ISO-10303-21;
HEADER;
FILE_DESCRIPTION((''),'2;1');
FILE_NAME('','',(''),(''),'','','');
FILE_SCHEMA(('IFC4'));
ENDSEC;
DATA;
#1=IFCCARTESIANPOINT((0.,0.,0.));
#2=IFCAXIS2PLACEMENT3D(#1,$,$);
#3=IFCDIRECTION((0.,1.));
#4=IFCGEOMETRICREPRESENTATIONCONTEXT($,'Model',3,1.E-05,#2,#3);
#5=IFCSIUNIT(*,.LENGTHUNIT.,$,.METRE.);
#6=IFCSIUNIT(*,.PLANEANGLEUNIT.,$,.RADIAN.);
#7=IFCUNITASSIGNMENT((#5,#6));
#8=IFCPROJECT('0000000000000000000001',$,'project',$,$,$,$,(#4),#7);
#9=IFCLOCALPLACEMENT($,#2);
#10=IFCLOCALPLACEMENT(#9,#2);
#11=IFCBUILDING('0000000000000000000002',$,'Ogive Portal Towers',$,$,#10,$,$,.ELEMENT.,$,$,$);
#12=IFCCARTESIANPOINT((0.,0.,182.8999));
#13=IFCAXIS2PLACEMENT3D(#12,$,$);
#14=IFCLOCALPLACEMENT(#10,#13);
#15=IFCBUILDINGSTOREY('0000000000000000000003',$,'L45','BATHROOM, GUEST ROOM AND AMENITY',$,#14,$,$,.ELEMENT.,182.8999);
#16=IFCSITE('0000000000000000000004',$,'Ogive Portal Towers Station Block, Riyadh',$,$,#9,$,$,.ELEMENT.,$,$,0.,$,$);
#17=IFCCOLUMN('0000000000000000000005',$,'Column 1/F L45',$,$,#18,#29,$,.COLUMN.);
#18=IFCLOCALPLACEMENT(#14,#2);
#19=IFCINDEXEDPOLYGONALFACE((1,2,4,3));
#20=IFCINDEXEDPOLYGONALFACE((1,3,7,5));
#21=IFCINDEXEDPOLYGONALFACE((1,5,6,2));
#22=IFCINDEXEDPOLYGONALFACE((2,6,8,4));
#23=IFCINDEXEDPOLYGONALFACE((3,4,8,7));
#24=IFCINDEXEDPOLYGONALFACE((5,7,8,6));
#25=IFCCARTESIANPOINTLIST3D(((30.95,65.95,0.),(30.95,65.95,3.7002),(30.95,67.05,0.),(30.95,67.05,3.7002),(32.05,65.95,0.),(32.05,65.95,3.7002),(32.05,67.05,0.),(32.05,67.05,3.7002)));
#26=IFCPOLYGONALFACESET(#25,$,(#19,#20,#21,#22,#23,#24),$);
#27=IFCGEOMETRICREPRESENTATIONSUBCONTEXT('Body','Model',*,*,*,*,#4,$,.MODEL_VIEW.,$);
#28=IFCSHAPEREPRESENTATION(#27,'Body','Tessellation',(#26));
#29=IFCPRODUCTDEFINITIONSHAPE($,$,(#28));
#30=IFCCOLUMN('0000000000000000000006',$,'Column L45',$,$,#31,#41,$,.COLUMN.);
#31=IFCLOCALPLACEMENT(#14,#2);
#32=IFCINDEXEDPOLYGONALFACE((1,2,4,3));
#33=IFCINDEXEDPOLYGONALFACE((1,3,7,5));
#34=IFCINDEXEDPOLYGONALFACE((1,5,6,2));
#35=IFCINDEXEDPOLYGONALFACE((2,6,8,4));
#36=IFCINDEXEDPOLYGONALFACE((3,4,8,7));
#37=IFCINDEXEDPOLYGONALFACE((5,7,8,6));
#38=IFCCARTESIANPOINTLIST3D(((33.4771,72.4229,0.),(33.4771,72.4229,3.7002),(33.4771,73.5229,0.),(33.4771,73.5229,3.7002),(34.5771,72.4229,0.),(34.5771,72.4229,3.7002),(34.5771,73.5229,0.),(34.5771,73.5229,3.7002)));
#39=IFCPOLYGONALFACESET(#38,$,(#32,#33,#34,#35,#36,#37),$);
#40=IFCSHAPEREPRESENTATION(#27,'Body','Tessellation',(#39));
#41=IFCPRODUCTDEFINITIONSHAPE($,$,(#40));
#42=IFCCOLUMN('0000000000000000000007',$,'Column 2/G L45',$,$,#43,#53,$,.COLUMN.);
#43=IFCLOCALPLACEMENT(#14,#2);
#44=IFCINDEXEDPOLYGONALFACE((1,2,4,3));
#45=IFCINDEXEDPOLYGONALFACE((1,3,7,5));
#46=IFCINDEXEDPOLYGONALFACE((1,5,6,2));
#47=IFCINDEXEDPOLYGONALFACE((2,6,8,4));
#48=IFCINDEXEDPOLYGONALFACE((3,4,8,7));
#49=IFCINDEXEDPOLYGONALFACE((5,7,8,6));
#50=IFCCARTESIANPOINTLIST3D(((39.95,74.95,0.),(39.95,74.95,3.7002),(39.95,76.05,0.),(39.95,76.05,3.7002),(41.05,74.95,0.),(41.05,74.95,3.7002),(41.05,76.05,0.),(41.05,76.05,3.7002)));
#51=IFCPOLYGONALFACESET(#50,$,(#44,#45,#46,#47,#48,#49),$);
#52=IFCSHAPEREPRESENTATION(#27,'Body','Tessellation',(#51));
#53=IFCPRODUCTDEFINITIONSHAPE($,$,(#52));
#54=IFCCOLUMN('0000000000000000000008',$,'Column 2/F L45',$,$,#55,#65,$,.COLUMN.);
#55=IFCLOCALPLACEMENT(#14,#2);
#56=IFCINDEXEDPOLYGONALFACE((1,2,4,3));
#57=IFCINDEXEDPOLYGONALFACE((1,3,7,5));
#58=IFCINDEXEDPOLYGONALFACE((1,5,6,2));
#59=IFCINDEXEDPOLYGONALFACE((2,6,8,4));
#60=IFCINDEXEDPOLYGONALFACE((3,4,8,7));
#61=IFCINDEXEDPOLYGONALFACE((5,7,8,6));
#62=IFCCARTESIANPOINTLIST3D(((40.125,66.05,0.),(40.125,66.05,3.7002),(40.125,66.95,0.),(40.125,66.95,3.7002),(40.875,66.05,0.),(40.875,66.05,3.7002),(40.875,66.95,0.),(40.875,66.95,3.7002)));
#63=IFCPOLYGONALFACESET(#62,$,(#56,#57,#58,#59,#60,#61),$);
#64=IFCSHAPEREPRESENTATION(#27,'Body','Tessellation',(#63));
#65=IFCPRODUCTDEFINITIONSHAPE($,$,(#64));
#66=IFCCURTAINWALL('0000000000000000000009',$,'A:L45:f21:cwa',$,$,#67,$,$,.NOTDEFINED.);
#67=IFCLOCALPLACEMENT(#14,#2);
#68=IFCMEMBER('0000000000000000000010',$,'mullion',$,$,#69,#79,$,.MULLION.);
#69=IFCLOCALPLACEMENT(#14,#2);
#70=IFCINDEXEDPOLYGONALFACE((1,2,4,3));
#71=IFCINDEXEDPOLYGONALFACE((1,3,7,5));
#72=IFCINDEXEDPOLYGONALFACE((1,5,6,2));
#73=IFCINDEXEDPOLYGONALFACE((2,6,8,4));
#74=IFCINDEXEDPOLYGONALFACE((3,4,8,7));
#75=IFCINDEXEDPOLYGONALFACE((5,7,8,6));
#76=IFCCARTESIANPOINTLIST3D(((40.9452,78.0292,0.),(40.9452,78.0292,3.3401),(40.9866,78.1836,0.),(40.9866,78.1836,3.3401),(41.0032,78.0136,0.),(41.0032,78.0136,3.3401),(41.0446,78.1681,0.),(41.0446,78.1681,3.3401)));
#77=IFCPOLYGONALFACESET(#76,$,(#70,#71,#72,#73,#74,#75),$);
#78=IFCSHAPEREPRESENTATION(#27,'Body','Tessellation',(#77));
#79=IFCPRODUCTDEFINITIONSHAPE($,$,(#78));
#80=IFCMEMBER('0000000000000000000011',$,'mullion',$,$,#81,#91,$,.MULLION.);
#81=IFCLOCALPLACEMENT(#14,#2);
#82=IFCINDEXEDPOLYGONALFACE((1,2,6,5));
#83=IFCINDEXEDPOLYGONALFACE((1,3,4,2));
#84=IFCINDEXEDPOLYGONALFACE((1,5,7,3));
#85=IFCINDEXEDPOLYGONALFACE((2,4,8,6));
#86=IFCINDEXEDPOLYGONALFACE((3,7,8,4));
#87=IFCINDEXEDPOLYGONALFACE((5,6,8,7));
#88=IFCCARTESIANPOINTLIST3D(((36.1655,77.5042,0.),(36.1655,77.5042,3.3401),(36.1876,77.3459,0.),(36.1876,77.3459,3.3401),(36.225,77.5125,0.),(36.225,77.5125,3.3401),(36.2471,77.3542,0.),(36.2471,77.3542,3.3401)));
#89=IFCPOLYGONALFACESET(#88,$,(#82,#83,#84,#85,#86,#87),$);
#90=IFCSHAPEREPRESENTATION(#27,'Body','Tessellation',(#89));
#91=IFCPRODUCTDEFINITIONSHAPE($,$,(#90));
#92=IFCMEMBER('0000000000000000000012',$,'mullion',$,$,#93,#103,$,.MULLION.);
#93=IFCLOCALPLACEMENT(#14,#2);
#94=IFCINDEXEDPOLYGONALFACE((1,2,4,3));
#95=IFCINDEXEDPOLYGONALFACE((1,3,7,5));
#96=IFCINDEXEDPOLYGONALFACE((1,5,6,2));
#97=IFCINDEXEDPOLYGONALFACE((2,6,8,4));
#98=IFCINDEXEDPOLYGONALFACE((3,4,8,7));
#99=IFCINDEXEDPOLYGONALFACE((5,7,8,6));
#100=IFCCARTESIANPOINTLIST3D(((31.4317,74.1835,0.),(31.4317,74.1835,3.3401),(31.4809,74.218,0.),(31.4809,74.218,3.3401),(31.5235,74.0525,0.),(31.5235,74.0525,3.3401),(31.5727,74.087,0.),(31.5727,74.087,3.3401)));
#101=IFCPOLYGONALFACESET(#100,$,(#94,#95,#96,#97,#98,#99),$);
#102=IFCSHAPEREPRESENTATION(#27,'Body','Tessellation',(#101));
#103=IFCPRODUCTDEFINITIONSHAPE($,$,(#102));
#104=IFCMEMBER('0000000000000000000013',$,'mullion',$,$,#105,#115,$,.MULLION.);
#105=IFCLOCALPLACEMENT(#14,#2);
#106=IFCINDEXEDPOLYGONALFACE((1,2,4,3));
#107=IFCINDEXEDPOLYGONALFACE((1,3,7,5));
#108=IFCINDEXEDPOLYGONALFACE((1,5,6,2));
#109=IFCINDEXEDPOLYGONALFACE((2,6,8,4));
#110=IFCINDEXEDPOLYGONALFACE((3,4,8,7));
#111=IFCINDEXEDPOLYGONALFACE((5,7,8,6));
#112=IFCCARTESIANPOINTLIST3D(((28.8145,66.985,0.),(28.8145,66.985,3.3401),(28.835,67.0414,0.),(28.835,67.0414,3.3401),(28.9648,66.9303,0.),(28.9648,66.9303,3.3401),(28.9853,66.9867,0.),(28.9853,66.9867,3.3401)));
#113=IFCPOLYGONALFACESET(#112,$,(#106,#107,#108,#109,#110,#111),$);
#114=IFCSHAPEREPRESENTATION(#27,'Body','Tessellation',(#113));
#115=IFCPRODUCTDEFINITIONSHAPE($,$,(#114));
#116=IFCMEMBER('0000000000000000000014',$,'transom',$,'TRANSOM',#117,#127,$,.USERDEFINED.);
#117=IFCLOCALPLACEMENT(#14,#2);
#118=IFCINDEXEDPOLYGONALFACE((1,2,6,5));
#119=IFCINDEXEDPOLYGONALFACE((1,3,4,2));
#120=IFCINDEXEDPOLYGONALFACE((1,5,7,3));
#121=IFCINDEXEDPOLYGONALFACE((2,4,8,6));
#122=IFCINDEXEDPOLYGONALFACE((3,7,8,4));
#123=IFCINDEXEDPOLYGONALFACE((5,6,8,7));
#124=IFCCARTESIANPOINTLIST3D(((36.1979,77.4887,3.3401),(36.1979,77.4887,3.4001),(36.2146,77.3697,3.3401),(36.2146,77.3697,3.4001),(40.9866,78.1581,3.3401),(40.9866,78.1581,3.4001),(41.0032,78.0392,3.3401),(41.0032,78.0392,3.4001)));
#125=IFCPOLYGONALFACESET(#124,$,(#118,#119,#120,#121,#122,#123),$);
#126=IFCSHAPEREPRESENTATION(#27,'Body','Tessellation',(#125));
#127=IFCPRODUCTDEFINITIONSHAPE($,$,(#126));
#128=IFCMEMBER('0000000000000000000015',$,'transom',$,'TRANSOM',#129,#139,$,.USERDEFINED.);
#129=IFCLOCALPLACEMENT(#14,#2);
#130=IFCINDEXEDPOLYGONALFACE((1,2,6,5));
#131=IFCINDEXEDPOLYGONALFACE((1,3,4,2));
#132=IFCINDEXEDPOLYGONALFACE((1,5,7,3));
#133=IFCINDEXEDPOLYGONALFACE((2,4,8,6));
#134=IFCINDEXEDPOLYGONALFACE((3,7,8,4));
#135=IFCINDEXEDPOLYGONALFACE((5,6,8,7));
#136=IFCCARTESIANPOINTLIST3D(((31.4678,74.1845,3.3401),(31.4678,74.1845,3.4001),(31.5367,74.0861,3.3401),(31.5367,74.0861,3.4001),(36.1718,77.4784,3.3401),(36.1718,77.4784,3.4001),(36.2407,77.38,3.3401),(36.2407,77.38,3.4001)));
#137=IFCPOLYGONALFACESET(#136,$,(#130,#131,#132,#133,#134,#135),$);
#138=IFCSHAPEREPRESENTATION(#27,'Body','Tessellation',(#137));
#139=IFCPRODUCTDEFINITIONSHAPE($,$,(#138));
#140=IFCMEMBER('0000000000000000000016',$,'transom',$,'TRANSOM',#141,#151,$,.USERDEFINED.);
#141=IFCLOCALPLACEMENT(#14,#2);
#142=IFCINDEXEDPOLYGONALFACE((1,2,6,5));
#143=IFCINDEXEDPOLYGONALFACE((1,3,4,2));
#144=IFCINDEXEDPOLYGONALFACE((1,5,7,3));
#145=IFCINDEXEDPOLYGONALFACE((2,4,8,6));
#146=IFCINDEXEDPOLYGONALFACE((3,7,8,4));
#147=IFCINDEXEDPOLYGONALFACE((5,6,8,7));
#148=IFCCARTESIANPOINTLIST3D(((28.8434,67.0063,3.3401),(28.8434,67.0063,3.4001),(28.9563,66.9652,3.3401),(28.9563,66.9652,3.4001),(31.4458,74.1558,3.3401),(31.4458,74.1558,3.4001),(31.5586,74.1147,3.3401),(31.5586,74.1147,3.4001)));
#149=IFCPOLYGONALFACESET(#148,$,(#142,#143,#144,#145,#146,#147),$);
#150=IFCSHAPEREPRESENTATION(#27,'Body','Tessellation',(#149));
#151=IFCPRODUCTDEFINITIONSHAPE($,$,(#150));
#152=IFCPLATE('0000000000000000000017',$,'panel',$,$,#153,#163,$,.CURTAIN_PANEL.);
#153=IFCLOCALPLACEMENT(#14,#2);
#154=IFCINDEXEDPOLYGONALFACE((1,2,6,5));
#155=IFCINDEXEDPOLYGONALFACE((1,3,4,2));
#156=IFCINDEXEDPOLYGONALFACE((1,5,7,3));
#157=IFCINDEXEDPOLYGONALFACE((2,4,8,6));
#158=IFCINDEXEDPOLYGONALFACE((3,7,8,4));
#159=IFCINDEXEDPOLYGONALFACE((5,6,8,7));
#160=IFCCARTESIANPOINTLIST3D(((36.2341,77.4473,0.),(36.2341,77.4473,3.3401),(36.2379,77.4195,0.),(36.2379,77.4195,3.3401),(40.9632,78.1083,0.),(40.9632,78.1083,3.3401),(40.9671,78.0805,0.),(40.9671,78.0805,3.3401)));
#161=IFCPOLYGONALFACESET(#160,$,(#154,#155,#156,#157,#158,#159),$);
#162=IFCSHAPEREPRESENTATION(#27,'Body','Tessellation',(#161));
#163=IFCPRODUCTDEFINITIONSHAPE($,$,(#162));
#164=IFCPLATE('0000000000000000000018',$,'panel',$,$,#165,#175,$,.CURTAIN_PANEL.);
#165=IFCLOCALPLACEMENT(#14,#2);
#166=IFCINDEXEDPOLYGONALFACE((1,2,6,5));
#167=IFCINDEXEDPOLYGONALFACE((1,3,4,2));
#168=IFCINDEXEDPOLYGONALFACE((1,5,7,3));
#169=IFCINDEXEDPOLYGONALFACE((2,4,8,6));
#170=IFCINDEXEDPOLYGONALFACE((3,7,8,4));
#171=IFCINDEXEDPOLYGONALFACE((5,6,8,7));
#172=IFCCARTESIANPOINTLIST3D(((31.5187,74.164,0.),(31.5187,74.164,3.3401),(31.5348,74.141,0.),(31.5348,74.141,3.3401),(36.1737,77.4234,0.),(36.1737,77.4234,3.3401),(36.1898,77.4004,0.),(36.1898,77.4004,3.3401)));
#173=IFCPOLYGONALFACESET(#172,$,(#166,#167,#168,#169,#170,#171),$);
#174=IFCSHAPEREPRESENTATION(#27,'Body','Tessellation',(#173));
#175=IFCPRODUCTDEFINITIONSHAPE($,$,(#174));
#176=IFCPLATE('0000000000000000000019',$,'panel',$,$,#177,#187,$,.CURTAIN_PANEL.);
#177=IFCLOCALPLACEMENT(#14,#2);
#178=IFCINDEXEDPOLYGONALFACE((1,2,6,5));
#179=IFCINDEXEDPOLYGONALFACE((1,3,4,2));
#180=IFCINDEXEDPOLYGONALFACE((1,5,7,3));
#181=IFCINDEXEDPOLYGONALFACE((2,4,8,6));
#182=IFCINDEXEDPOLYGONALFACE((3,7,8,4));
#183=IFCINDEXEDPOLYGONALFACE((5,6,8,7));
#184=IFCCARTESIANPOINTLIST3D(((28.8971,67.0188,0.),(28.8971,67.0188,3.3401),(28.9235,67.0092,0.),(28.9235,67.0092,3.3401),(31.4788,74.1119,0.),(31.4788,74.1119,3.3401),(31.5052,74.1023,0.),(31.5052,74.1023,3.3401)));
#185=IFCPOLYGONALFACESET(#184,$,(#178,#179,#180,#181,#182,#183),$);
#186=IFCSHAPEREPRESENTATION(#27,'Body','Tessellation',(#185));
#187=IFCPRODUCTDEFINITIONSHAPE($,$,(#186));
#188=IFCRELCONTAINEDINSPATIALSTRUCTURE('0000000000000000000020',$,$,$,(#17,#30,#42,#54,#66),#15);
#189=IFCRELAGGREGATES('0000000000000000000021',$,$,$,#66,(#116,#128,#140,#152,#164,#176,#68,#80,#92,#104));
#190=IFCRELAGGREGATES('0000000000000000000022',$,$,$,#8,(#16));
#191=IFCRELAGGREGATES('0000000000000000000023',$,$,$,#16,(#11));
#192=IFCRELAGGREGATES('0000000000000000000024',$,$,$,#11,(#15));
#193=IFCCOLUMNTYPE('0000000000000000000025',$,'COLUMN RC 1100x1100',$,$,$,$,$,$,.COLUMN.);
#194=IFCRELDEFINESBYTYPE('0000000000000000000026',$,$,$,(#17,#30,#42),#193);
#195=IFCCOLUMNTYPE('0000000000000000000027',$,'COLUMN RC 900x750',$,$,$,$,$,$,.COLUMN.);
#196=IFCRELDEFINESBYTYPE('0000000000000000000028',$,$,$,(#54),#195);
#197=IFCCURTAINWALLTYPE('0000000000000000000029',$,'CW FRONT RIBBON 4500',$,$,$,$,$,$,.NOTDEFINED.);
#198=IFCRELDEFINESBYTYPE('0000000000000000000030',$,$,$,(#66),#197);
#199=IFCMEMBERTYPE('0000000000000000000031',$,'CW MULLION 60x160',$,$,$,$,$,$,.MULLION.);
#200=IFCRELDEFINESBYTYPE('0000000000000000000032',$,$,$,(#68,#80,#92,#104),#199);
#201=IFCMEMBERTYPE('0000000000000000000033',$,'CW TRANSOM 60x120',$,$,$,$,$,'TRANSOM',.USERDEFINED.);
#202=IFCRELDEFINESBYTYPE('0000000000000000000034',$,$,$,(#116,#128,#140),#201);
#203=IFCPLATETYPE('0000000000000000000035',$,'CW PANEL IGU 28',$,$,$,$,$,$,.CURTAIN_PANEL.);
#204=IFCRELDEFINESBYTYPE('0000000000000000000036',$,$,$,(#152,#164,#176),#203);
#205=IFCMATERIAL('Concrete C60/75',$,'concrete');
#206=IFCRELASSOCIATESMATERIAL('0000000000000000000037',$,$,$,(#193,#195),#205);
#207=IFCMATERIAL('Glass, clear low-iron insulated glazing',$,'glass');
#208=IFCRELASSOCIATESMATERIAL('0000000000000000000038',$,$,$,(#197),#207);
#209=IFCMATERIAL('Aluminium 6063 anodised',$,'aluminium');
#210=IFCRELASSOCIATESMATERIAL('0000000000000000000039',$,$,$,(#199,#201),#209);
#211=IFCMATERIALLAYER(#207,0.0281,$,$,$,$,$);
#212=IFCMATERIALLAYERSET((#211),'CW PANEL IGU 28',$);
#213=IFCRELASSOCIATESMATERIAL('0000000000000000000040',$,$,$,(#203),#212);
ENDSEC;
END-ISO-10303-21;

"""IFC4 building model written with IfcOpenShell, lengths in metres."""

from ifc_helpers import new_model, si_unit, direction, frame, origin, origin_2d, place, context, subcontext, project, spatial, rectangle, extrude, material, layer, layer_set, material_profile, profile_set, type_object, element, aggregate, save


model = new_model("IFC4")

# Units and contexts
model_context = context("Model", 3, precision=1e-05, world=origin(), true_north=direction((0.0, 1.0)))
body_context = subcontext(model_context, "Body", "Model", "MODEL_VIEW")
ifc_project = project(units=[si_unit("LENGTHUNIT", "METRE"), si_unit("PLANEANGLEUNIT", "RADIAN")], contexts=[model_context])

# Site, building, storey
site_placement = place(None, origin())
site = spatial("IfcSite", under=ifc_project, at=site_placement, Name="Ogive Portal Towers Station Block, Riyadh", CompositionType="ELEMENT", RefElevation=0.0)
building_placement = place(site_placement, origin())
building = spatial("IfcBuilding", under=site, at=building_placement, Name="Ogive Portal Towers", CompositionType="ELEMENT")
storey_placement = place(building_placement, frame((0.0, 0.0, 182.8999)))
storey = spatial("IfcBuildingStorey", under=building, at=storey_placement, Name="L45", Description="BATHROOM, GUEST ROOM AND AMENITY", CompositionType="ELEMENT", Elevation=182.8999)

# Columns
ifc_material_1 = material(Name="Concrete C60/75", Category="concrete")
ifc_material_profile_1 = material_profile(ifc_material_1, rectangle(XDim=1.1001, YDim=1.1001, at=origin_2d()), Name="RC 1100x1100")
ifc_profile_set_1 = profile_set([ifc_material_profile_1], Name="Concrete C60/75")
column_type_1 = type_object("IfcColumnType", Name="COLUMN RC 1100x1100", PredefinedType="COLUMN", material=ifc_profile_set_1)
for number, where, z_axis, x_axis, name in (
    (1, (31.5, 66.5, 0.0), (0.0, 0.0, 1.0), (1.0, 0.0, 0.0), "Column 1/F L45"),
    (2, (34.0271, 72.9729, 0.0), (0.0, 0.0, 1.0), (1.0, 0.0, 0.0), "Column L45"),
    (3, (40.5, 75.5, 0.0), (0.0, 0.0, 1.0), (1.0, 0.0, 0.0), "Column 2/G L45"),
):
    element("IfcColumn", number, at=place(storey_placement, frame(where, z_axis=z_axis, x_axis=x_axis)), inside=storey, type_object=column_type_1, Name=name, PredefinedType="COLUMN", context=body_context, shape_type="SweptSolid", body=[
        extrude(rectangle(XDim=1.1001, YDim=1.1001, at=origin_2d()), origin(), (0.0, 0.0, 1.0), 3.7002),
    ])
ifc_material_profile_2 = material_profile(ifc_material_1, rectangle(XDim=0.8999, YDim=0.75, at=origin_2d()), Name="RC 900x750")
ifc_profile_set_2 = profile_set([ifc_material_profile_2], Name="Concrete C60/75")
column_type_2 = type_object("IfcColumnType", Name="COLUMN RC 900x750", PredefinedType="COLUMN", material=ifc_profile_set_2)
column_placement = place(storey_placement, frame((40.5, 66.5, 0.0), z_axis=(0.0, 0.0, 1.0), x_axis=(0.0, 1.0, 0.0)))
element("IfcColumn", 4, at=column_placement, inside=storey, type_object=column_type_2, Name="Column 2/F L45", PredefinedType="COLUMN", context=body_context, shape_type="SweptSolid", body=[
    extrude(rectangle(XDim=0.8999, YDim=0.75, at=origin_2d()), origin(), (0.0, 0.0, 1.0), 3.7002),
])

# Curtain wall, members, plates
ifc_material_2 = material(Name="Glass, clear low-iron insulated glazing", Category="glass")
curtain_wall_type = type_object("IfcCurtainWallType", Name="CW FRONT RIBBON 4500", PredefinedType="NOTDEFINED", material=ifc_material_2)
curtain_wall_placement = place(storey_placement, origin())
curtain_wall = element("IfcCurtainWall", 5, at=curtain_wall_placement, inside=storey, type_object=curtain_wall_type, Name="A:L45:f21:cwa", PredefinedType="NOTDEFINED")
ifc_material_3 = material(Name="Aluminium 6063 anodised", Category="aluminium")
ifc_material_profile_3 = material_profile(ifc_material_3, rectangle(XDim=0.1599, YDim=0.0601, at=origin_2d()), Name="AL 60x160")
ifc_profile_set_3 = profile_set([ifc_material_profile_3], Name="Aluminium 6063 anodised")
member_type_1 = type_object("IfcMemberType", Name="CW MULLION 60x160", PredefinedType="MULLION", material=ifc_profile_set_3)
member_1_placement = place(storey_placement, frame((40.9949, 78.0986, 0.0), z_axis=(0.0, 0.0, 1.0), x_axis=(-0.258819, -0.965926, 0.0)))
member_1 = element("IfcMember", 6, at=member_1_placement, type_object=member_type_1, Name="mullion", PredefinedType="MULLION", context=body_context, shape_type="SweptSolid", body=[
    extrude(rectangle(XDim=0.1599, YDim=0.0601, at=origin_2d()), origin(), (0.0, 0.0, 1.0), 3.3401),
])
member_2_placement = place(storey_placement, frame((36.2063, 77.4292, 0.0), z_axis=(0.0, 0.0, 1.0), x_axis=(0.138428, -0.990373, 0.0)))
member_2 = element("IfcMember", 7, at=member_2_placement, type_object=member_type_1, Name="mullion", PredefinedType="MULLION", context=body_context, shape_type="SweptSolid", body=[
    extrude(rectangle(XDim=0.1599, YDim=0.0601, at=origin_2d()), origin(), (0.0, 0.0, 1.0), 3.3401),
])
member_3_placement = place(storey_placement, frame((31.5022, 74.1353, 0.0), z_axis=(0.0, 0.0, 1.0), x_axis=(0.573576, -0.819152, 0.0)))
member_3 = element("IfcMember", 8, at=member_3_placement, type_object=member_type_1, Name="mullion", PredefinedType="MULLION", context=body_context, shape_type="SweptSolid", body=[
    extrude(rectangle(XDim=0.1599, YDim=0.0601, at=origin_2d()), origin(), (0.0, 0.0, 1.0), 3.3401),
])
member_4_placement = place(storey_placement, frame((28.8999, 66.9858, 0.0), z_axis=(0.0, 0.0, 1.0), x_axis=(0.939693, -0.34202, 0.0)))
member_4 = element("IfcMember", 9, at=member_4_placement, type_object=member_type_1, Name="mullion", PredefinedType="MULLION", context=body_context, shape_type="SweptSolid", body=[
    extrude(rectangle(XDim=0.1599, YDim=0.0601, at=origin_2d()), origin(), (0.0, 0.0, 1.0), 3.3401),
])
ifc_material_profile_4 = material_profile(ifc_material_3, rectangle(XDim=0.1201, YDim=0.0601, at=origin_2d()), Name="AL 120x60")
ifc_profile_set_4 = profile_set([ifc_material_profile_4], Name="Aluminium 6063 anodised")
member_type_2 = type_object("IfcMemberType", Name="CW TRANSOM 60x120", ElementType="TRANSOM", PredefinedType="USERDEFINED", material=ifc_profile_set_4)
member_5_placement = place(storey_placement, frame((40.9949, 78.0986, 3.3701), z_axis=(-0.990369, -0.138452, 0.0), x_axis=(0.138452, -0.990369, 0.0)))
member_5 = element("IfcMember", 10, at=member_5_placement, type_object=member_type_2, Name="transom", ObjectType="TRANSOM", PredefinedType="USERDEFINED", context=body_context, shape_type="SweptSolid", body=[
    extrude(rectangle(XDim=0.1201, YDim=0.0601, at=origin_2d()), origin(), (0.0, 0.0, 1.0), 4.8352),
])
member_6_placement = place(storey_placement, frame((36.2063, 77.4292, 3.3701), z_axis=(-0.819144, -0.573588, 0.0), x_axis=(0.573588, -0.819144, 0.0)))
member_6 = element("IfcMember", 11, at=member_6_placement, type_object=member_type_2, Name="transom", ObjectType="TRANSOM", PredefinedType="USERDEFINED", context=body_context, shape_type="SweptSolid", body=[
    extrude(rectangle(XDim=0.1201, YDim=0.0601, at=origin_2d()), origin(), (0.0, 0.0, 1.0), 5.7427),
])
member_7_placement = place(storey_placement, frame((31.5022, 74.1353, 3.3701), z_axis=(-0.342034, -0.939688, 0.0), x_axis=(0.939688, -0.342034, 0.0)))
member_7 = element("IfcMember", 12, at=member_7_placement, type_object=member_type_2, Name="transom", ObjectType="TRANSOM", PredefinedType="USERDEFINED", context=body_context, shape_type="SweptSolid", body=[
    extrude(rectangle(XDim=0.1201, YDim=0.0601, at=origin_2d()), origin(), (0.0, 0.0, 1.0), 7.6084),
])
ifc_layer_1 = layer(ifc_material_2, 0.0281)
ifc_layer_set_1 = layer_set([ifc_layer_1], Name="CW PANEL IGU 28")
plate_type = type_object("IfcPlateType", Name="CW PANEL IGU 28", PredefinedType="CURTAIN_PANEL", material=ifc_layer_set_1)
plate_1_placement = place(storey_placement, frame((38.6006, 77.7639, 0.0), z_axis=(0.0, 0.0, 1.0), x_axis=(-0.990373, -0.138428, 0.0)))
plate_1 = element("IfcPlate", 13, at=plate_1_placement, type_object=plate_type, Name="panel", PredefinedType="CURTAIN_PANEL", context=body_context, shape_type="SweptSolid", body=[
    extrude(rectangle(XDim=4.7751, YDim=0.0281, at=origin_2d()), origin(), (0.0, 0.0, 1.0), 3.3401),
])
plate_2_placement = place(storey_placement, frame((33.8542, 75.7822, 0.0), z_axis=(0.0, 0.0, 1.0), x_axis=(-0.819152, -0.573576, 0.0)))
plate_2 = element("IfcPlate", 14, at=plate_2_placement, type_object=plate_type, Name="panel", PredefinedType="CURTAIN_PANEL", context=body_context, shape_type="SweptSolid", body=[
    extrude(rectangle(XDim=5.6826, YDim=0.0281, at=origin_2d()), origin(), (0.0, 0.0, 1.0), 3.3401),
])
plate_3_placement = place(storey_placement, frame((30.2012, 70.5605, 0.0), z_axis=(0.0, 0.0, 1.0), x_axis=(-0.34202, -0.939693, 0.0)))
plate_3 = element("IfcPlate", 15, at=plate_3_placement, type_object=plate_type, Name="panel", PredefinedType="CURTAIN_PANEL", context=body_context, shape_type="SweptSolid", body=[
    extrude(rectangle(XDim=7.5483, YDim=0.0281, at=origin_2d()), origin(), (0.0, 0.0, 1.0), 3.3401),
])
aggregate(curtain_wall, [member_5, member_6, member_7, plate_1, plate_2, plate_3, member_1, member_2, member_3, member_4])

save(model, "model.ifc")
